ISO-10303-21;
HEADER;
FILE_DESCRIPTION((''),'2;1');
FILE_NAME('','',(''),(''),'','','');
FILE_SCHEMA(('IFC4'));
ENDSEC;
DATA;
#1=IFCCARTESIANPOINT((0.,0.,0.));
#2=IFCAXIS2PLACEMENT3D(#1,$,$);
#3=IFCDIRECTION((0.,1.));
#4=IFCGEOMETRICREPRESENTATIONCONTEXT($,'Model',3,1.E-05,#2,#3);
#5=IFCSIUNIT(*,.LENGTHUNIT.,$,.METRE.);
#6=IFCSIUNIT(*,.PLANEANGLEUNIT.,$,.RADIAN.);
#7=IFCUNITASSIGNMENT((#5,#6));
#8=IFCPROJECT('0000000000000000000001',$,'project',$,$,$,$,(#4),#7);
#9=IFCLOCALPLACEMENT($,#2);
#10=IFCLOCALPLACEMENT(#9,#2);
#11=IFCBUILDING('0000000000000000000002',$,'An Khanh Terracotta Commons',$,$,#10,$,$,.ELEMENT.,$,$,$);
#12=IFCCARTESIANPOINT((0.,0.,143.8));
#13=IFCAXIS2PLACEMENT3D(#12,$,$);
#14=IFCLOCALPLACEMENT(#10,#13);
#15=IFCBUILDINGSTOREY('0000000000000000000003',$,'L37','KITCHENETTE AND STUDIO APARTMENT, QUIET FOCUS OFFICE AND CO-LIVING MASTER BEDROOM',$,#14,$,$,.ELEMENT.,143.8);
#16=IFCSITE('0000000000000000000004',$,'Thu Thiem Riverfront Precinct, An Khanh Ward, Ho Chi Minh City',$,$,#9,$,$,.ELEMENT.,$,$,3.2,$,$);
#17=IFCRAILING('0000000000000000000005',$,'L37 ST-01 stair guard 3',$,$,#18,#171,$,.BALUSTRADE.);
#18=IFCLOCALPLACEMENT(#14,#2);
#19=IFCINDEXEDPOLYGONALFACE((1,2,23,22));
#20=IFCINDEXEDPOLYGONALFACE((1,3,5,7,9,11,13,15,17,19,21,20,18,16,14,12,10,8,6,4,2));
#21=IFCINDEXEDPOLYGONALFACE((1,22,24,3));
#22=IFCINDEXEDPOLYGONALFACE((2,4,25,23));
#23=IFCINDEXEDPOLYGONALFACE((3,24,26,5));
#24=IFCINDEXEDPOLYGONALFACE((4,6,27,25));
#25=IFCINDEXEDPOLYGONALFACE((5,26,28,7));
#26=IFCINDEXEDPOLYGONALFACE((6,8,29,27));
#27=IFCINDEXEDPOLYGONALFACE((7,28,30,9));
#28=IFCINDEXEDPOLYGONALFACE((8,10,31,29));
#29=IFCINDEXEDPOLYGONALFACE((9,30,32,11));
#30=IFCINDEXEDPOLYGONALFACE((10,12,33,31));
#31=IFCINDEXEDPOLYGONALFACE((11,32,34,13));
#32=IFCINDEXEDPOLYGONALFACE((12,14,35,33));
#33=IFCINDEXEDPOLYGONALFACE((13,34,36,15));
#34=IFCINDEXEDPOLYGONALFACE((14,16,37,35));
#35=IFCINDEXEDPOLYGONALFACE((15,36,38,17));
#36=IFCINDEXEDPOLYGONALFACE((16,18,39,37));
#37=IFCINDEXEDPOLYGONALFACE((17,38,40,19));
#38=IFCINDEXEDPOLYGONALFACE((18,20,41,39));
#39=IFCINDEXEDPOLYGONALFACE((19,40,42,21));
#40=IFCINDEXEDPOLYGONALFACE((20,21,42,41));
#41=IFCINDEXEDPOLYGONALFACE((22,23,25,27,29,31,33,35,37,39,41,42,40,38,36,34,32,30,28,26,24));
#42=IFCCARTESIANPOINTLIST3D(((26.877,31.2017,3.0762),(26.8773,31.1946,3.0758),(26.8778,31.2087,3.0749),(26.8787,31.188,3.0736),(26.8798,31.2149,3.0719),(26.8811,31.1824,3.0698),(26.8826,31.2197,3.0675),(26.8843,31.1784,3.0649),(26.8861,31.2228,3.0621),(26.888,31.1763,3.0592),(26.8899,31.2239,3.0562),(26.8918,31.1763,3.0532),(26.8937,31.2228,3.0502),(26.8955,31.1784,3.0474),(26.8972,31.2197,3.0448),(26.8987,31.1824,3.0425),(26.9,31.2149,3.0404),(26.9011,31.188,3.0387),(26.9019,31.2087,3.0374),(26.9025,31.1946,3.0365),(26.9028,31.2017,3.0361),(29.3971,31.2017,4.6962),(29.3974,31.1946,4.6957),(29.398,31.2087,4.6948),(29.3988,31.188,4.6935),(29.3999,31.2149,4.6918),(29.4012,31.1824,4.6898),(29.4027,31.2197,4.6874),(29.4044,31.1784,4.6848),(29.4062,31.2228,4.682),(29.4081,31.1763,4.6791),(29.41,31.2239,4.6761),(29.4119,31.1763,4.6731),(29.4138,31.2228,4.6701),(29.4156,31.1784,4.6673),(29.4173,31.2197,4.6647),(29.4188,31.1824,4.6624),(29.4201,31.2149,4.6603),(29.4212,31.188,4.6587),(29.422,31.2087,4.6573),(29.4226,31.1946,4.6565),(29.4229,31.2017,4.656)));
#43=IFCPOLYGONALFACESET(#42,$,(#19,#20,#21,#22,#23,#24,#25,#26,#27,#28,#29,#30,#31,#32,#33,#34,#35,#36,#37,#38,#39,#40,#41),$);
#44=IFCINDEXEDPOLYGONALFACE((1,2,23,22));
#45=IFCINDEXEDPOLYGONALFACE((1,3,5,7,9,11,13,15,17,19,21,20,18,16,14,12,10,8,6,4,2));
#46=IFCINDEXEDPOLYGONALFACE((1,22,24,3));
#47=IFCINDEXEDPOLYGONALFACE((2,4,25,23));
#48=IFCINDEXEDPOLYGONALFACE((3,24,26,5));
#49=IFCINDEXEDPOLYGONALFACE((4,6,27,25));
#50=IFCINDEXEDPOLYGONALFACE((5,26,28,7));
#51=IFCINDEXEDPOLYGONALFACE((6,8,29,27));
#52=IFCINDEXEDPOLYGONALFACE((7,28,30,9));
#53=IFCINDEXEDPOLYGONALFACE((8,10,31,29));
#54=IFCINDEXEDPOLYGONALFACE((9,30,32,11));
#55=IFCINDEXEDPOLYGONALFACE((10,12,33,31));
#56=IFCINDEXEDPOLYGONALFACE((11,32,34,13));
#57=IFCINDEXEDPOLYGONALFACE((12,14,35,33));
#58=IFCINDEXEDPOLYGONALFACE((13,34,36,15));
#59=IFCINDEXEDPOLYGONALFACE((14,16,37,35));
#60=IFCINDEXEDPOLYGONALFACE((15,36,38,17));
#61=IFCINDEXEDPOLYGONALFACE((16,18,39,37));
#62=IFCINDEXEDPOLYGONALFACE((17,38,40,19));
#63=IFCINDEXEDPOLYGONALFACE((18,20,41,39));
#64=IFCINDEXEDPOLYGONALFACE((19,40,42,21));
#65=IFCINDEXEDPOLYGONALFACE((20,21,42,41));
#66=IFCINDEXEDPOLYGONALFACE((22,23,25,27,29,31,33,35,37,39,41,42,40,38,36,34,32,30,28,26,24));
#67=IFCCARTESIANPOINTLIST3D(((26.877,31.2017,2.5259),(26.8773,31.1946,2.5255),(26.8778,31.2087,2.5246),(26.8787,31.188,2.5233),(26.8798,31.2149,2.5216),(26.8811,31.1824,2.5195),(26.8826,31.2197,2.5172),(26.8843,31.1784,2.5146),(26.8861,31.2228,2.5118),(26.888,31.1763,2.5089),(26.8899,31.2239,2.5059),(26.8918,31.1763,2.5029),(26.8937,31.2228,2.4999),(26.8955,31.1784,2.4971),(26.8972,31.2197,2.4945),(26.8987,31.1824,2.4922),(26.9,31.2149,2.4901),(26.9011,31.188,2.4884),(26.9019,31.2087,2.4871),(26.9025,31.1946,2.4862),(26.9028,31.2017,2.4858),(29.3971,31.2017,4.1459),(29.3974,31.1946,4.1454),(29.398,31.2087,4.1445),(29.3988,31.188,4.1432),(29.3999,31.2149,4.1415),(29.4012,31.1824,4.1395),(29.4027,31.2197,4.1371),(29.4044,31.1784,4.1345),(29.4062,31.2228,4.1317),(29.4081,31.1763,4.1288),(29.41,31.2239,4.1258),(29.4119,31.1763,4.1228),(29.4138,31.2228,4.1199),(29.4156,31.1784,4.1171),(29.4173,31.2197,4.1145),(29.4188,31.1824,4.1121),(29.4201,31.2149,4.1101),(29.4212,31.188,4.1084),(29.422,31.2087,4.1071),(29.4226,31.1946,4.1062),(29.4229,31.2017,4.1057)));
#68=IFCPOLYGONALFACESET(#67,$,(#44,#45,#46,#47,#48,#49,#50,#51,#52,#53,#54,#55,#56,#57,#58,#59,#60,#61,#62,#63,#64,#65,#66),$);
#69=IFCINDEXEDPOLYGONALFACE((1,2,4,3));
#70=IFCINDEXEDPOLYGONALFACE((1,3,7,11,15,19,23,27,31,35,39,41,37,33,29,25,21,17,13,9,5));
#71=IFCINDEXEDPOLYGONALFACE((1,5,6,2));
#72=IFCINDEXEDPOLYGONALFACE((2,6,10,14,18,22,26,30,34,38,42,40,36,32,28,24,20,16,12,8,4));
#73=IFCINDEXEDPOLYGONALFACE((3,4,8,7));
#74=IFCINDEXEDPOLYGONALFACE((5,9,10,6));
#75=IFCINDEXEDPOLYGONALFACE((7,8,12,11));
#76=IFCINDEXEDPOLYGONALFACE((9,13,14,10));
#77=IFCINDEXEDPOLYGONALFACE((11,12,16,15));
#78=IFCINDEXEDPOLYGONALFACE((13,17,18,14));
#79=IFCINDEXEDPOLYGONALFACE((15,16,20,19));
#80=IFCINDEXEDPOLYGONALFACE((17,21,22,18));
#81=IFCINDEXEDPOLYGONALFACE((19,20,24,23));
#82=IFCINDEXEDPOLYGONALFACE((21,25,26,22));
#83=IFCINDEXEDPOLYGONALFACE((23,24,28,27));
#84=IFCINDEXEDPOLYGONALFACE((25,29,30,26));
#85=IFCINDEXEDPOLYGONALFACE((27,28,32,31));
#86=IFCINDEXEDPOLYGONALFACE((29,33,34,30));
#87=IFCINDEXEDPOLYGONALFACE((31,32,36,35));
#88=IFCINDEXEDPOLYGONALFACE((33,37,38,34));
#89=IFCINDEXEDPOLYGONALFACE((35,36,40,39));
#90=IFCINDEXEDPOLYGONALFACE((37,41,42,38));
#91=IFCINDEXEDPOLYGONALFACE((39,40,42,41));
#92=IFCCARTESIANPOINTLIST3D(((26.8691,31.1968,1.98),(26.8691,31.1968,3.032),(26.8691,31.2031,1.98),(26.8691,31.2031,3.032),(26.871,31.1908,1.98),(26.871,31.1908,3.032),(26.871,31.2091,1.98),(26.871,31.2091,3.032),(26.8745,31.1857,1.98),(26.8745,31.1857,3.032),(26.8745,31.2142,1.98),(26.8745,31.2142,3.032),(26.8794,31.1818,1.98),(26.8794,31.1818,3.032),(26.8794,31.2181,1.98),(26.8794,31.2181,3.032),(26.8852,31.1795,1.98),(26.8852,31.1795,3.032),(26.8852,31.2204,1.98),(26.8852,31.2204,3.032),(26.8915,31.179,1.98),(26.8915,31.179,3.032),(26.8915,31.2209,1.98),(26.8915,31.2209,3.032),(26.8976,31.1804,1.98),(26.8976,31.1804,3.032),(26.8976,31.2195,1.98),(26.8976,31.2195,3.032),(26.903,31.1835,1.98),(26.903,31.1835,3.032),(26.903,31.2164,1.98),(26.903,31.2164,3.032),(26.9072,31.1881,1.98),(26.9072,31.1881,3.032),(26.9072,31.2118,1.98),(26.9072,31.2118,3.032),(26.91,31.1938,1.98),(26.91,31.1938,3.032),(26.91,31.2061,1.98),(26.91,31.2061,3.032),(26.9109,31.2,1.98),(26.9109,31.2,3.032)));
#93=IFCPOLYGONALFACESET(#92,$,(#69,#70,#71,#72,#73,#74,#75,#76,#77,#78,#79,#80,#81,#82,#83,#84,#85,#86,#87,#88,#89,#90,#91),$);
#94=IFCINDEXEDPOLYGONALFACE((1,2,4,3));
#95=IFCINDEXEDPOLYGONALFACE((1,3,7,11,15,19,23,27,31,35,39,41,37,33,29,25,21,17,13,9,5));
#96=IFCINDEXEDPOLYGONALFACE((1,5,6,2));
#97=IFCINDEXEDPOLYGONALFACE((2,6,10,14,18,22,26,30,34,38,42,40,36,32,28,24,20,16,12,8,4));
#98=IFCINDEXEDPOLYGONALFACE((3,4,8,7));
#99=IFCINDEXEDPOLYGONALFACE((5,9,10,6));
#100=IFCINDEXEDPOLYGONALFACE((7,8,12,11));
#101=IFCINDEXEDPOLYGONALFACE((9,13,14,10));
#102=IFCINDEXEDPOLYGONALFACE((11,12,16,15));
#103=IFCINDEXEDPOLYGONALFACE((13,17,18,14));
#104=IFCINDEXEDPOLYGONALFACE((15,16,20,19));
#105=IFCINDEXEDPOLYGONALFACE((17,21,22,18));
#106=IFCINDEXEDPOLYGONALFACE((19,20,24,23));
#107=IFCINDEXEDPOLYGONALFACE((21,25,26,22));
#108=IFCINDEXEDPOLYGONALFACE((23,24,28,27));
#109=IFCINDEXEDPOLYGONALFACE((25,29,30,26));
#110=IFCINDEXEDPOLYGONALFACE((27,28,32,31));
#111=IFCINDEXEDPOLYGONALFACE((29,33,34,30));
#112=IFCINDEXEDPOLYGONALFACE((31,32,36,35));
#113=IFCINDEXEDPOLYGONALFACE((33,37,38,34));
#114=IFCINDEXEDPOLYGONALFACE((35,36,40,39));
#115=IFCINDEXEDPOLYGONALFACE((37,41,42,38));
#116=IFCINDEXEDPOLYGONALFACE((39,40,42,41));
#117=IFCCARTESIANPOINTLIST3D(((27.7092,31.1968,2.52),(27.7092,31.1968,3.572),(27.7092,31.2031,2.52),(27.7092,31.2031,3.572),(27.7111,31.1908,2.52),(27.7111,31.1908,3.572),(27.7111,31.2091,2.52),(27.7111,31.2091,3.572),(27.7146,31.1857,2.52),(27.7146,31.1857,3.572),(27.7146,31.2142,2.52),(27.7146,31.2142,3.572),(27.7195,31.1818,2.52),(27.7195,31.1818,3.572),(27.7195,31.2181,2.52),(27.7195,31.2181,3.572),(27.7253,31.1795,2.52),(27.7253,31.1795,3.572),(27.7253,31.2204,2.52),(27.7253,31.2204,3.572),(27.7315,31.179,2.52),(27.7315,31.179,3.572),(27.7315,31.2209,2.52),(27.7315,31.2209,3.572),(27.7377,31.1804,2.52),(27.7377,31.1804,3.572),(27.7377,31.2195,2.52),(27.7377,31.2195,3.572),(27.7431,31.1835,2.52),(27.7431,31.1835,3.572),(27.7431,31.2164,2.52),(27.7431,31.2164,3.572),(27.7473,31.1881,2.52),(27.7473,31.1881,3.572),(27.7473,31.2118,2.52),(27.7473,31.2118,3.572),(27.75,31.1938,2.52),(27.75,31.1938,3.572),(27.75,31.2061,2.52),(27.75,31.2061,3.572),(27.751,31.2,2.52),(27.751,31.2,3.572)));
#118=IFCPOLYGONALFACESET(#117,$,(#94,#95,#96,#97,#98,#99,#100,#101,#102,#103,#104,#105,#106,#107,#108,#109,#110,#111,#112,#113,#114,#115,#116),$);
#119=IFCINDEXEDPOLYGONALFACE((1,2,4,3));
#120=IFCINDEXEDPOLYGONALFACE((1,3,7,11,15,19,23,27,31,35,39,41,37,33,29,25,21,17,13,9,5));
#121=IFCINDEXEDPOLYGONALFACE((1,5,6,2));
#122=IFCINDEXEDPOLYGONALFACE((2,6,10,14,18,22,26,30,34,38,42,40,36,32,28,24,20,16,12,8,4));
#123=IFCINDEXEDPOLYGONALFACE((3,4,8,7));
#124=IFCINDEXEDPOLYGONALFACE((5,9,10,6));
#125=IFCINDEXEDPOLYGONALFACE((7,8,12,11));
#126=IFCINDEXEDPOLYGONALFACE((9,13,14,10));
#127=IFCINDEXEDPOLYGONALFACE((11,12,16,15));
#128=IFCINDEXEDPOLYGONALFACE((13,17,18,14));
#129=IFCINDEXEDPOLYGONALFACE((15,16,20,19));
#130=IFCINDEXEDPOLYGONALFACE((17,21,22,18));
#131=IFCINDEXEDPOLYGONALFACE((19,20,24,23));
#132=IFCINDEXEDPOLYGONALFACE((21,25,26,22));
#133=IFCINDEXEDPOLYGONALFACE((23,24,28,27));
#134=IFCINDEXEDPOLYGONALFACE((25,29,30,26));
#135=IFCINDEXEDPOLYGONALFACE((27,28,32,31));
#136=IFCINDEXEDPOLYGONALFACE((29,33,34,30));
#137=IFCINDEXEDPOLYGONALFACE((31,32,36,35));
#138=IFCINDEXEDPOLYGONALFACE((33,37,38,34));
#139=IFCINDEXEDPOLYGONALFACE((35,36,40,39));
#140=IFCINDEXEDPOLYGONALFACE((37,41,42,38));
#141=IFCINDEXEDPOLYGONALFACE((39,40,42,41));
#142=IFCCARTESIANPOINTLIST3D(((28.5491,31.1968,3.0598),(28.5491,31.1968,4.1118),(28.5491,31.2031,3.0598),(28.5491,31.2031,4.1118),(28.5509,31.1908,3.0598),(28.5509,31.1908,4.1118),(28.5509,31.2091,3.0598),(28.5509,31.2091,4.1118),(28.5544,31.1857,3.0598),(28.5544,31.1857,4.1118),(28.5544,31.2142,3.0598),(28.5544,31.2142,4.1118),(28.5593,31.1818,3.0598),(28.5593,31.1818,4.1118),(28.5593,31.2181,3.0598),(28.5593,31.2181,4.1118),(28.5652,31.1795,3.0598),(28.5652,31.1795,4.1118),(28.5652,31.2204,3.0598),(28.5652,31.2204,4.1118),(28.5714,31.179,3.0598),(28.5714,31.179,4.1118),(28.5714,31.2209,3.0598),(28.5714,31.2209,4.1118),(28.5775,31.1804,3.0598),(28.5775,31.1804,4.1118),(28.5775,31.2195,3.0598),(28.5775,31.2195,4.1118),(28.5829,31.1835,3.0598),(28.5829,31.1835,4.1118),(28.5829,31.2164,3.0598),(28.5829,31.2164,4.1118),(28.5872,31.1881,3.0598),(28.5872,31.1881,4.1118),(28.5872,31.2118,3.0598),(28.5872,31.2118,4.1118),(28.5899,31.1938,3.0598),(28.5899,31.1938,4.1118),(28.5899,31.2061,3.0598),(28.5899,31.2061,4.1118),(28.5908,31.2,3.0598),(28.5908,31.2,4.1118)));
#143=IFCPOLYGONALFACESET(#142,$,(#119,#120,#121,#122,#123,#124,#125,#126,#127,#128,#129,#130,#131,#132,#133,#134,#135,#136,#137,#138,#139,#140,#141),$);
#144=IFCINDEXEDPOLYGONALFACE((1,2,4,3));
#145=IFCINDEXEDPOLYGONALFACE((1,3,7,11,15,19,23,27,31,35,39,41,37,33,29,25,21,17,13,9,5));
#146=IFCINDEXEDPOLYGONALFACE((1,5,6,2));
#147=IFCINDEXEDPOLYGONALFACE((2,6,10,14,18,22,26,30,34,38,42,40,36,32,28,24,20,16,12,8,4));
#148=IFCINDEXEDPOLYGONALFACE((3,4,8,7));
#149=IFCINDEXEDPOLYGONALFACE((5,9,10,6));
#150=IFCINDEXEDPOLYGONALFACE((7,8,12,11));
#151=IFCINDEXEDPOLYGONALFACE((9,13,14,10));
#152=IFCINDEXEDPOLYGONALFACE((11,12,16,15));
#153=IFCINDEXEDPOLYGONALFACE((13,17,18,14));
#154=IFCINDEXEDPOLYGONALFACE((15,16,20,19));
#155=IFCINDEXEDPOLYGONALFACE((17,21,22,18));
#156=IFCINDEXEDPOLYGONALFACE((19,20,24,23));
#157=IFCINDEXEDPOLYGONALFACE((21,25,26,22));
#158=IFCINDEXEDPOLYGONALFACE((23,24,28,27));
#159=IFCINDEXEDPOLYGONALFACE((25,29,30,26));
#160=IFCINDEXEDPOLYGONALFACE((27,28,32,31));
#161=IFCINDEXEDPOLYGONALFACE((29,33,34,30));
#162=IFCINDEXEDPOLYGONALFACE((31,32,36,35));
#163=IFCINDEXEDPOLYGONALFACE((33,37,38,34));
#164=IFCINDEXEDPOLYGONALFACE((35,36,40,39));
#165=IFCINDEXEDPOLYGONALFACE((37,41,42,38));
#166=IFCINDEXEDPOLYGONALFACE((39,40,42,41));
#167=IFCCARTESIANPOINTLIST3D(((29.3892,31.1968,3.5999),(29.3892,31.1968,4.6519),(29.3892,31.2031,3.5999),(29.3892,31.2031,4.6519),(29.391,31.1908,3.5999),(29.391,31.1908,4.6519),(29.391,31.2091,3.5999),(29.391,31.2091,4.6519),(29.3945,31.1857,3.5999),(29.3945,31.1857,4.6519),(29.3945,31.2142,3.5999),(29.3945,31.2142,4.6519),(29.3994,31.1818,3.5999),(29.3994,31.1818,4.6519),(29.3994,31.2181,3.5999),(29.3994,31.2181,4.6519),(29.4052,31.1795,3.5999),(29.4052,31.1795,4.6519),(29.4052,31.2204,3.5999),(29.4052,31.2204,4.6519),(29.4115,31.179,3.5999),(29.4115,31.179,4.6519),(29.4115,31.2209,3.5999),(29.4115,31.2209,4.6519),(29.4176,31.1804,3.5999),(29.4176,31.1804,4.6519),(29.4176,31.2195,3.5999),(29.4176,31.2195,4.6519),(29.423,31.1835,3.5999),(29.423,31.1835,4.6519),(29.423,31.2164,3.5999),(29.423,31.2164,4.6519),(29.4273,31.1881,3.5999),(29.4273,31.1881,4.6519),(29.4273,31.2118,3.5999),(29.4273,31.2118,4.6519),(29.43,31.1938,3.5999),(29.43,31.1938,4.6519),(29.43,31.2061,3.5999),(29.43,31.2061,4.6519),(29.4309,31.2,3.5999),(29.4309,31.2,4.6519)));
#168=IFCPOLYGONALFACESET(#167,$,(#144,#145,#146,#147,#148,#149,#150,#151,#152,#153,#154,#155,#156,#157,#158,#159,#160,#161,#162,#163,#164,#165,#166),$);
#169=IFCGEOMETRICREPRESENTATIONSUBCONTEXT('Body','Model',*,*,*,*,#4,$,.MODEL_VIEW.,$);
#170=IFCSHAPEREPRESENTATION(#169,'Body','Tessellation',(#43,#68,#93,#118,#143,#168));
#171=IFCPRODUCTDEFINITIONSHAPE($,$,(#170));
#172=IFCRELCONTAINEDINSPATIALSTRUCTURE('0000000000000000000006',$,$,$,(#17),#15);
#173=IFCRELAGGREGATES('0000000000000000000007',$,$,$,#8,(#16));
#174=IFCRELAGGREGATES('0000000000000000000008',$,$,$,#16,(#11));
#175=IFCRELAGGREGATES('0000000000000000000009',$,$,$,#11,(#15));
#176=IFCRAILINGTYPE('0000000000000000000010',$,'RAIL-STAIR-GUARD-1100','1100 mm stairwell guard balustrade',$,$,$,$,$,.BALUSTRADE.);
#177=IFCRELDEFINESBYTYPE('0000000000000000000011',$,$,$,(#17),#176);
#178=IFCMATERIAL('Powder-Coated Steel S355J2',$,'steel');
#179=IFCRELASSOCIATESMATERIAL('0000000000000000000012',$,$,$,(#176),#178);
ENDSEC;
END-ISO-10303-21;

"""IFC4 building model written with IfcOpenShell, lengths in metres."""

from ifc_helpers import new_model, si_unit, direction, frame, origin, origin_2d, place, context, subcontext, project, spatial, circle, extrude, material, type_object, element, save


model = new_model("IFC4")

# Units and contexts
model_context = context("Model", 3, precision=1e-05, world=origin(), true_north=direction((0.0, 1.0)))
body_context = subcontext(model_context, "Body", "Model", "MODEL_VIEW")
ifc_project = project(units=[si_unit("LENGTHUNIT", "METRE"), si_unit("PLANEANGLEUNIT", "RADIAN")], contexts=[model_context])

# Site, building, storey
site_placement = place(None, origin())
site = spatial("IfcSite", under=ifc_project, at=site_placement, Name="Thu Thiem Riverfront Precinct, An Khanh Ward, Ho Chi Minh City", CompositionType="ELEMENT", RefElevation=3.2)
building_placement = place(site_placement, origin())
building = spatial("IfcBuilding", under=site, at=building_placement, Name="An Khanh Terracotta Commons", CompositionType="ELEMENT")
storey_placement = place(building_placement, frame((0.0, 0.0, 143.8)))
storey = spatial("IfcBuildingStorey", under=building, at=storey_placement, Name="L37", Description="KITCHENETTE AND STUDIO APARTMENT, QUIET FOCUS OFFICE AND CO-LIVING MASTER BEDROOM", CompositionType="ELEMENT", Elevation=143.8)

# Railing
ifc_material_1 = material(Name="Powder-Coated Steel S355J2", Category="steel")
railing_type_1 = type_object("IfcRailingType", Name="RAIL-STAIR-GUARD-1100", Description="1100 mm stairwell guard balustrade", PredefinedType="BALUSTRADE", material=ifc_material_1)
railing_1_placement = place(storey_placement, frame((26.8899, 31.2, 1.98)))
element("IfcRailing", 1, at=railing_1_placement, inside=storey, type_object=railing_type_1, Name="L37 ST-01 stair guard 3", PredefinedType="BALUSTRADE", context=body_context, shape_type="SweptSolid", body=[
    extrude(circle(Radius=0.0239, at=origin_2d()), frame((0.0, 0.0, 1.0762), z_axis=(0.8412, 0.0, 0.540725), x_axis=(0.0, 1.0, 0.0)), (0.0, 0.0, 1.0), 2.9958),
    extrude(circle(Radius=0.0239, at=origin_2d()), frame((0.0, 0.0, 0.5259), z_axis=(0.8412, 0.0, 0.540725), x_axis=(0.0, 1.0, 0.0)), (0.0, 0.0, 1.0), 2.9958),
    extrude(circle(Radius=0.021, at=origin_2d()), origin(), (0.0, 0.0, 1.0), 1.052),
    extrude(circle(Radius=0.021, at=origin_2d()), frame((0.8401, 0.0, 0.54)), (0.0, 0.0, 1.0), 1.052),
    extrude(circle(Radius=0.021, at=origin_2d()), frame((1.6799, 0.0, 1.0798)), (0.0, 0.0, 1.0), 1.052),
    extrude(circle(Radius=0.021, at=origin_2d()), frame((2.52, 0.0, 1.6199)), (0.0, 0.0, 1.0), 1.052),
])

save(model, "model.ifc")
